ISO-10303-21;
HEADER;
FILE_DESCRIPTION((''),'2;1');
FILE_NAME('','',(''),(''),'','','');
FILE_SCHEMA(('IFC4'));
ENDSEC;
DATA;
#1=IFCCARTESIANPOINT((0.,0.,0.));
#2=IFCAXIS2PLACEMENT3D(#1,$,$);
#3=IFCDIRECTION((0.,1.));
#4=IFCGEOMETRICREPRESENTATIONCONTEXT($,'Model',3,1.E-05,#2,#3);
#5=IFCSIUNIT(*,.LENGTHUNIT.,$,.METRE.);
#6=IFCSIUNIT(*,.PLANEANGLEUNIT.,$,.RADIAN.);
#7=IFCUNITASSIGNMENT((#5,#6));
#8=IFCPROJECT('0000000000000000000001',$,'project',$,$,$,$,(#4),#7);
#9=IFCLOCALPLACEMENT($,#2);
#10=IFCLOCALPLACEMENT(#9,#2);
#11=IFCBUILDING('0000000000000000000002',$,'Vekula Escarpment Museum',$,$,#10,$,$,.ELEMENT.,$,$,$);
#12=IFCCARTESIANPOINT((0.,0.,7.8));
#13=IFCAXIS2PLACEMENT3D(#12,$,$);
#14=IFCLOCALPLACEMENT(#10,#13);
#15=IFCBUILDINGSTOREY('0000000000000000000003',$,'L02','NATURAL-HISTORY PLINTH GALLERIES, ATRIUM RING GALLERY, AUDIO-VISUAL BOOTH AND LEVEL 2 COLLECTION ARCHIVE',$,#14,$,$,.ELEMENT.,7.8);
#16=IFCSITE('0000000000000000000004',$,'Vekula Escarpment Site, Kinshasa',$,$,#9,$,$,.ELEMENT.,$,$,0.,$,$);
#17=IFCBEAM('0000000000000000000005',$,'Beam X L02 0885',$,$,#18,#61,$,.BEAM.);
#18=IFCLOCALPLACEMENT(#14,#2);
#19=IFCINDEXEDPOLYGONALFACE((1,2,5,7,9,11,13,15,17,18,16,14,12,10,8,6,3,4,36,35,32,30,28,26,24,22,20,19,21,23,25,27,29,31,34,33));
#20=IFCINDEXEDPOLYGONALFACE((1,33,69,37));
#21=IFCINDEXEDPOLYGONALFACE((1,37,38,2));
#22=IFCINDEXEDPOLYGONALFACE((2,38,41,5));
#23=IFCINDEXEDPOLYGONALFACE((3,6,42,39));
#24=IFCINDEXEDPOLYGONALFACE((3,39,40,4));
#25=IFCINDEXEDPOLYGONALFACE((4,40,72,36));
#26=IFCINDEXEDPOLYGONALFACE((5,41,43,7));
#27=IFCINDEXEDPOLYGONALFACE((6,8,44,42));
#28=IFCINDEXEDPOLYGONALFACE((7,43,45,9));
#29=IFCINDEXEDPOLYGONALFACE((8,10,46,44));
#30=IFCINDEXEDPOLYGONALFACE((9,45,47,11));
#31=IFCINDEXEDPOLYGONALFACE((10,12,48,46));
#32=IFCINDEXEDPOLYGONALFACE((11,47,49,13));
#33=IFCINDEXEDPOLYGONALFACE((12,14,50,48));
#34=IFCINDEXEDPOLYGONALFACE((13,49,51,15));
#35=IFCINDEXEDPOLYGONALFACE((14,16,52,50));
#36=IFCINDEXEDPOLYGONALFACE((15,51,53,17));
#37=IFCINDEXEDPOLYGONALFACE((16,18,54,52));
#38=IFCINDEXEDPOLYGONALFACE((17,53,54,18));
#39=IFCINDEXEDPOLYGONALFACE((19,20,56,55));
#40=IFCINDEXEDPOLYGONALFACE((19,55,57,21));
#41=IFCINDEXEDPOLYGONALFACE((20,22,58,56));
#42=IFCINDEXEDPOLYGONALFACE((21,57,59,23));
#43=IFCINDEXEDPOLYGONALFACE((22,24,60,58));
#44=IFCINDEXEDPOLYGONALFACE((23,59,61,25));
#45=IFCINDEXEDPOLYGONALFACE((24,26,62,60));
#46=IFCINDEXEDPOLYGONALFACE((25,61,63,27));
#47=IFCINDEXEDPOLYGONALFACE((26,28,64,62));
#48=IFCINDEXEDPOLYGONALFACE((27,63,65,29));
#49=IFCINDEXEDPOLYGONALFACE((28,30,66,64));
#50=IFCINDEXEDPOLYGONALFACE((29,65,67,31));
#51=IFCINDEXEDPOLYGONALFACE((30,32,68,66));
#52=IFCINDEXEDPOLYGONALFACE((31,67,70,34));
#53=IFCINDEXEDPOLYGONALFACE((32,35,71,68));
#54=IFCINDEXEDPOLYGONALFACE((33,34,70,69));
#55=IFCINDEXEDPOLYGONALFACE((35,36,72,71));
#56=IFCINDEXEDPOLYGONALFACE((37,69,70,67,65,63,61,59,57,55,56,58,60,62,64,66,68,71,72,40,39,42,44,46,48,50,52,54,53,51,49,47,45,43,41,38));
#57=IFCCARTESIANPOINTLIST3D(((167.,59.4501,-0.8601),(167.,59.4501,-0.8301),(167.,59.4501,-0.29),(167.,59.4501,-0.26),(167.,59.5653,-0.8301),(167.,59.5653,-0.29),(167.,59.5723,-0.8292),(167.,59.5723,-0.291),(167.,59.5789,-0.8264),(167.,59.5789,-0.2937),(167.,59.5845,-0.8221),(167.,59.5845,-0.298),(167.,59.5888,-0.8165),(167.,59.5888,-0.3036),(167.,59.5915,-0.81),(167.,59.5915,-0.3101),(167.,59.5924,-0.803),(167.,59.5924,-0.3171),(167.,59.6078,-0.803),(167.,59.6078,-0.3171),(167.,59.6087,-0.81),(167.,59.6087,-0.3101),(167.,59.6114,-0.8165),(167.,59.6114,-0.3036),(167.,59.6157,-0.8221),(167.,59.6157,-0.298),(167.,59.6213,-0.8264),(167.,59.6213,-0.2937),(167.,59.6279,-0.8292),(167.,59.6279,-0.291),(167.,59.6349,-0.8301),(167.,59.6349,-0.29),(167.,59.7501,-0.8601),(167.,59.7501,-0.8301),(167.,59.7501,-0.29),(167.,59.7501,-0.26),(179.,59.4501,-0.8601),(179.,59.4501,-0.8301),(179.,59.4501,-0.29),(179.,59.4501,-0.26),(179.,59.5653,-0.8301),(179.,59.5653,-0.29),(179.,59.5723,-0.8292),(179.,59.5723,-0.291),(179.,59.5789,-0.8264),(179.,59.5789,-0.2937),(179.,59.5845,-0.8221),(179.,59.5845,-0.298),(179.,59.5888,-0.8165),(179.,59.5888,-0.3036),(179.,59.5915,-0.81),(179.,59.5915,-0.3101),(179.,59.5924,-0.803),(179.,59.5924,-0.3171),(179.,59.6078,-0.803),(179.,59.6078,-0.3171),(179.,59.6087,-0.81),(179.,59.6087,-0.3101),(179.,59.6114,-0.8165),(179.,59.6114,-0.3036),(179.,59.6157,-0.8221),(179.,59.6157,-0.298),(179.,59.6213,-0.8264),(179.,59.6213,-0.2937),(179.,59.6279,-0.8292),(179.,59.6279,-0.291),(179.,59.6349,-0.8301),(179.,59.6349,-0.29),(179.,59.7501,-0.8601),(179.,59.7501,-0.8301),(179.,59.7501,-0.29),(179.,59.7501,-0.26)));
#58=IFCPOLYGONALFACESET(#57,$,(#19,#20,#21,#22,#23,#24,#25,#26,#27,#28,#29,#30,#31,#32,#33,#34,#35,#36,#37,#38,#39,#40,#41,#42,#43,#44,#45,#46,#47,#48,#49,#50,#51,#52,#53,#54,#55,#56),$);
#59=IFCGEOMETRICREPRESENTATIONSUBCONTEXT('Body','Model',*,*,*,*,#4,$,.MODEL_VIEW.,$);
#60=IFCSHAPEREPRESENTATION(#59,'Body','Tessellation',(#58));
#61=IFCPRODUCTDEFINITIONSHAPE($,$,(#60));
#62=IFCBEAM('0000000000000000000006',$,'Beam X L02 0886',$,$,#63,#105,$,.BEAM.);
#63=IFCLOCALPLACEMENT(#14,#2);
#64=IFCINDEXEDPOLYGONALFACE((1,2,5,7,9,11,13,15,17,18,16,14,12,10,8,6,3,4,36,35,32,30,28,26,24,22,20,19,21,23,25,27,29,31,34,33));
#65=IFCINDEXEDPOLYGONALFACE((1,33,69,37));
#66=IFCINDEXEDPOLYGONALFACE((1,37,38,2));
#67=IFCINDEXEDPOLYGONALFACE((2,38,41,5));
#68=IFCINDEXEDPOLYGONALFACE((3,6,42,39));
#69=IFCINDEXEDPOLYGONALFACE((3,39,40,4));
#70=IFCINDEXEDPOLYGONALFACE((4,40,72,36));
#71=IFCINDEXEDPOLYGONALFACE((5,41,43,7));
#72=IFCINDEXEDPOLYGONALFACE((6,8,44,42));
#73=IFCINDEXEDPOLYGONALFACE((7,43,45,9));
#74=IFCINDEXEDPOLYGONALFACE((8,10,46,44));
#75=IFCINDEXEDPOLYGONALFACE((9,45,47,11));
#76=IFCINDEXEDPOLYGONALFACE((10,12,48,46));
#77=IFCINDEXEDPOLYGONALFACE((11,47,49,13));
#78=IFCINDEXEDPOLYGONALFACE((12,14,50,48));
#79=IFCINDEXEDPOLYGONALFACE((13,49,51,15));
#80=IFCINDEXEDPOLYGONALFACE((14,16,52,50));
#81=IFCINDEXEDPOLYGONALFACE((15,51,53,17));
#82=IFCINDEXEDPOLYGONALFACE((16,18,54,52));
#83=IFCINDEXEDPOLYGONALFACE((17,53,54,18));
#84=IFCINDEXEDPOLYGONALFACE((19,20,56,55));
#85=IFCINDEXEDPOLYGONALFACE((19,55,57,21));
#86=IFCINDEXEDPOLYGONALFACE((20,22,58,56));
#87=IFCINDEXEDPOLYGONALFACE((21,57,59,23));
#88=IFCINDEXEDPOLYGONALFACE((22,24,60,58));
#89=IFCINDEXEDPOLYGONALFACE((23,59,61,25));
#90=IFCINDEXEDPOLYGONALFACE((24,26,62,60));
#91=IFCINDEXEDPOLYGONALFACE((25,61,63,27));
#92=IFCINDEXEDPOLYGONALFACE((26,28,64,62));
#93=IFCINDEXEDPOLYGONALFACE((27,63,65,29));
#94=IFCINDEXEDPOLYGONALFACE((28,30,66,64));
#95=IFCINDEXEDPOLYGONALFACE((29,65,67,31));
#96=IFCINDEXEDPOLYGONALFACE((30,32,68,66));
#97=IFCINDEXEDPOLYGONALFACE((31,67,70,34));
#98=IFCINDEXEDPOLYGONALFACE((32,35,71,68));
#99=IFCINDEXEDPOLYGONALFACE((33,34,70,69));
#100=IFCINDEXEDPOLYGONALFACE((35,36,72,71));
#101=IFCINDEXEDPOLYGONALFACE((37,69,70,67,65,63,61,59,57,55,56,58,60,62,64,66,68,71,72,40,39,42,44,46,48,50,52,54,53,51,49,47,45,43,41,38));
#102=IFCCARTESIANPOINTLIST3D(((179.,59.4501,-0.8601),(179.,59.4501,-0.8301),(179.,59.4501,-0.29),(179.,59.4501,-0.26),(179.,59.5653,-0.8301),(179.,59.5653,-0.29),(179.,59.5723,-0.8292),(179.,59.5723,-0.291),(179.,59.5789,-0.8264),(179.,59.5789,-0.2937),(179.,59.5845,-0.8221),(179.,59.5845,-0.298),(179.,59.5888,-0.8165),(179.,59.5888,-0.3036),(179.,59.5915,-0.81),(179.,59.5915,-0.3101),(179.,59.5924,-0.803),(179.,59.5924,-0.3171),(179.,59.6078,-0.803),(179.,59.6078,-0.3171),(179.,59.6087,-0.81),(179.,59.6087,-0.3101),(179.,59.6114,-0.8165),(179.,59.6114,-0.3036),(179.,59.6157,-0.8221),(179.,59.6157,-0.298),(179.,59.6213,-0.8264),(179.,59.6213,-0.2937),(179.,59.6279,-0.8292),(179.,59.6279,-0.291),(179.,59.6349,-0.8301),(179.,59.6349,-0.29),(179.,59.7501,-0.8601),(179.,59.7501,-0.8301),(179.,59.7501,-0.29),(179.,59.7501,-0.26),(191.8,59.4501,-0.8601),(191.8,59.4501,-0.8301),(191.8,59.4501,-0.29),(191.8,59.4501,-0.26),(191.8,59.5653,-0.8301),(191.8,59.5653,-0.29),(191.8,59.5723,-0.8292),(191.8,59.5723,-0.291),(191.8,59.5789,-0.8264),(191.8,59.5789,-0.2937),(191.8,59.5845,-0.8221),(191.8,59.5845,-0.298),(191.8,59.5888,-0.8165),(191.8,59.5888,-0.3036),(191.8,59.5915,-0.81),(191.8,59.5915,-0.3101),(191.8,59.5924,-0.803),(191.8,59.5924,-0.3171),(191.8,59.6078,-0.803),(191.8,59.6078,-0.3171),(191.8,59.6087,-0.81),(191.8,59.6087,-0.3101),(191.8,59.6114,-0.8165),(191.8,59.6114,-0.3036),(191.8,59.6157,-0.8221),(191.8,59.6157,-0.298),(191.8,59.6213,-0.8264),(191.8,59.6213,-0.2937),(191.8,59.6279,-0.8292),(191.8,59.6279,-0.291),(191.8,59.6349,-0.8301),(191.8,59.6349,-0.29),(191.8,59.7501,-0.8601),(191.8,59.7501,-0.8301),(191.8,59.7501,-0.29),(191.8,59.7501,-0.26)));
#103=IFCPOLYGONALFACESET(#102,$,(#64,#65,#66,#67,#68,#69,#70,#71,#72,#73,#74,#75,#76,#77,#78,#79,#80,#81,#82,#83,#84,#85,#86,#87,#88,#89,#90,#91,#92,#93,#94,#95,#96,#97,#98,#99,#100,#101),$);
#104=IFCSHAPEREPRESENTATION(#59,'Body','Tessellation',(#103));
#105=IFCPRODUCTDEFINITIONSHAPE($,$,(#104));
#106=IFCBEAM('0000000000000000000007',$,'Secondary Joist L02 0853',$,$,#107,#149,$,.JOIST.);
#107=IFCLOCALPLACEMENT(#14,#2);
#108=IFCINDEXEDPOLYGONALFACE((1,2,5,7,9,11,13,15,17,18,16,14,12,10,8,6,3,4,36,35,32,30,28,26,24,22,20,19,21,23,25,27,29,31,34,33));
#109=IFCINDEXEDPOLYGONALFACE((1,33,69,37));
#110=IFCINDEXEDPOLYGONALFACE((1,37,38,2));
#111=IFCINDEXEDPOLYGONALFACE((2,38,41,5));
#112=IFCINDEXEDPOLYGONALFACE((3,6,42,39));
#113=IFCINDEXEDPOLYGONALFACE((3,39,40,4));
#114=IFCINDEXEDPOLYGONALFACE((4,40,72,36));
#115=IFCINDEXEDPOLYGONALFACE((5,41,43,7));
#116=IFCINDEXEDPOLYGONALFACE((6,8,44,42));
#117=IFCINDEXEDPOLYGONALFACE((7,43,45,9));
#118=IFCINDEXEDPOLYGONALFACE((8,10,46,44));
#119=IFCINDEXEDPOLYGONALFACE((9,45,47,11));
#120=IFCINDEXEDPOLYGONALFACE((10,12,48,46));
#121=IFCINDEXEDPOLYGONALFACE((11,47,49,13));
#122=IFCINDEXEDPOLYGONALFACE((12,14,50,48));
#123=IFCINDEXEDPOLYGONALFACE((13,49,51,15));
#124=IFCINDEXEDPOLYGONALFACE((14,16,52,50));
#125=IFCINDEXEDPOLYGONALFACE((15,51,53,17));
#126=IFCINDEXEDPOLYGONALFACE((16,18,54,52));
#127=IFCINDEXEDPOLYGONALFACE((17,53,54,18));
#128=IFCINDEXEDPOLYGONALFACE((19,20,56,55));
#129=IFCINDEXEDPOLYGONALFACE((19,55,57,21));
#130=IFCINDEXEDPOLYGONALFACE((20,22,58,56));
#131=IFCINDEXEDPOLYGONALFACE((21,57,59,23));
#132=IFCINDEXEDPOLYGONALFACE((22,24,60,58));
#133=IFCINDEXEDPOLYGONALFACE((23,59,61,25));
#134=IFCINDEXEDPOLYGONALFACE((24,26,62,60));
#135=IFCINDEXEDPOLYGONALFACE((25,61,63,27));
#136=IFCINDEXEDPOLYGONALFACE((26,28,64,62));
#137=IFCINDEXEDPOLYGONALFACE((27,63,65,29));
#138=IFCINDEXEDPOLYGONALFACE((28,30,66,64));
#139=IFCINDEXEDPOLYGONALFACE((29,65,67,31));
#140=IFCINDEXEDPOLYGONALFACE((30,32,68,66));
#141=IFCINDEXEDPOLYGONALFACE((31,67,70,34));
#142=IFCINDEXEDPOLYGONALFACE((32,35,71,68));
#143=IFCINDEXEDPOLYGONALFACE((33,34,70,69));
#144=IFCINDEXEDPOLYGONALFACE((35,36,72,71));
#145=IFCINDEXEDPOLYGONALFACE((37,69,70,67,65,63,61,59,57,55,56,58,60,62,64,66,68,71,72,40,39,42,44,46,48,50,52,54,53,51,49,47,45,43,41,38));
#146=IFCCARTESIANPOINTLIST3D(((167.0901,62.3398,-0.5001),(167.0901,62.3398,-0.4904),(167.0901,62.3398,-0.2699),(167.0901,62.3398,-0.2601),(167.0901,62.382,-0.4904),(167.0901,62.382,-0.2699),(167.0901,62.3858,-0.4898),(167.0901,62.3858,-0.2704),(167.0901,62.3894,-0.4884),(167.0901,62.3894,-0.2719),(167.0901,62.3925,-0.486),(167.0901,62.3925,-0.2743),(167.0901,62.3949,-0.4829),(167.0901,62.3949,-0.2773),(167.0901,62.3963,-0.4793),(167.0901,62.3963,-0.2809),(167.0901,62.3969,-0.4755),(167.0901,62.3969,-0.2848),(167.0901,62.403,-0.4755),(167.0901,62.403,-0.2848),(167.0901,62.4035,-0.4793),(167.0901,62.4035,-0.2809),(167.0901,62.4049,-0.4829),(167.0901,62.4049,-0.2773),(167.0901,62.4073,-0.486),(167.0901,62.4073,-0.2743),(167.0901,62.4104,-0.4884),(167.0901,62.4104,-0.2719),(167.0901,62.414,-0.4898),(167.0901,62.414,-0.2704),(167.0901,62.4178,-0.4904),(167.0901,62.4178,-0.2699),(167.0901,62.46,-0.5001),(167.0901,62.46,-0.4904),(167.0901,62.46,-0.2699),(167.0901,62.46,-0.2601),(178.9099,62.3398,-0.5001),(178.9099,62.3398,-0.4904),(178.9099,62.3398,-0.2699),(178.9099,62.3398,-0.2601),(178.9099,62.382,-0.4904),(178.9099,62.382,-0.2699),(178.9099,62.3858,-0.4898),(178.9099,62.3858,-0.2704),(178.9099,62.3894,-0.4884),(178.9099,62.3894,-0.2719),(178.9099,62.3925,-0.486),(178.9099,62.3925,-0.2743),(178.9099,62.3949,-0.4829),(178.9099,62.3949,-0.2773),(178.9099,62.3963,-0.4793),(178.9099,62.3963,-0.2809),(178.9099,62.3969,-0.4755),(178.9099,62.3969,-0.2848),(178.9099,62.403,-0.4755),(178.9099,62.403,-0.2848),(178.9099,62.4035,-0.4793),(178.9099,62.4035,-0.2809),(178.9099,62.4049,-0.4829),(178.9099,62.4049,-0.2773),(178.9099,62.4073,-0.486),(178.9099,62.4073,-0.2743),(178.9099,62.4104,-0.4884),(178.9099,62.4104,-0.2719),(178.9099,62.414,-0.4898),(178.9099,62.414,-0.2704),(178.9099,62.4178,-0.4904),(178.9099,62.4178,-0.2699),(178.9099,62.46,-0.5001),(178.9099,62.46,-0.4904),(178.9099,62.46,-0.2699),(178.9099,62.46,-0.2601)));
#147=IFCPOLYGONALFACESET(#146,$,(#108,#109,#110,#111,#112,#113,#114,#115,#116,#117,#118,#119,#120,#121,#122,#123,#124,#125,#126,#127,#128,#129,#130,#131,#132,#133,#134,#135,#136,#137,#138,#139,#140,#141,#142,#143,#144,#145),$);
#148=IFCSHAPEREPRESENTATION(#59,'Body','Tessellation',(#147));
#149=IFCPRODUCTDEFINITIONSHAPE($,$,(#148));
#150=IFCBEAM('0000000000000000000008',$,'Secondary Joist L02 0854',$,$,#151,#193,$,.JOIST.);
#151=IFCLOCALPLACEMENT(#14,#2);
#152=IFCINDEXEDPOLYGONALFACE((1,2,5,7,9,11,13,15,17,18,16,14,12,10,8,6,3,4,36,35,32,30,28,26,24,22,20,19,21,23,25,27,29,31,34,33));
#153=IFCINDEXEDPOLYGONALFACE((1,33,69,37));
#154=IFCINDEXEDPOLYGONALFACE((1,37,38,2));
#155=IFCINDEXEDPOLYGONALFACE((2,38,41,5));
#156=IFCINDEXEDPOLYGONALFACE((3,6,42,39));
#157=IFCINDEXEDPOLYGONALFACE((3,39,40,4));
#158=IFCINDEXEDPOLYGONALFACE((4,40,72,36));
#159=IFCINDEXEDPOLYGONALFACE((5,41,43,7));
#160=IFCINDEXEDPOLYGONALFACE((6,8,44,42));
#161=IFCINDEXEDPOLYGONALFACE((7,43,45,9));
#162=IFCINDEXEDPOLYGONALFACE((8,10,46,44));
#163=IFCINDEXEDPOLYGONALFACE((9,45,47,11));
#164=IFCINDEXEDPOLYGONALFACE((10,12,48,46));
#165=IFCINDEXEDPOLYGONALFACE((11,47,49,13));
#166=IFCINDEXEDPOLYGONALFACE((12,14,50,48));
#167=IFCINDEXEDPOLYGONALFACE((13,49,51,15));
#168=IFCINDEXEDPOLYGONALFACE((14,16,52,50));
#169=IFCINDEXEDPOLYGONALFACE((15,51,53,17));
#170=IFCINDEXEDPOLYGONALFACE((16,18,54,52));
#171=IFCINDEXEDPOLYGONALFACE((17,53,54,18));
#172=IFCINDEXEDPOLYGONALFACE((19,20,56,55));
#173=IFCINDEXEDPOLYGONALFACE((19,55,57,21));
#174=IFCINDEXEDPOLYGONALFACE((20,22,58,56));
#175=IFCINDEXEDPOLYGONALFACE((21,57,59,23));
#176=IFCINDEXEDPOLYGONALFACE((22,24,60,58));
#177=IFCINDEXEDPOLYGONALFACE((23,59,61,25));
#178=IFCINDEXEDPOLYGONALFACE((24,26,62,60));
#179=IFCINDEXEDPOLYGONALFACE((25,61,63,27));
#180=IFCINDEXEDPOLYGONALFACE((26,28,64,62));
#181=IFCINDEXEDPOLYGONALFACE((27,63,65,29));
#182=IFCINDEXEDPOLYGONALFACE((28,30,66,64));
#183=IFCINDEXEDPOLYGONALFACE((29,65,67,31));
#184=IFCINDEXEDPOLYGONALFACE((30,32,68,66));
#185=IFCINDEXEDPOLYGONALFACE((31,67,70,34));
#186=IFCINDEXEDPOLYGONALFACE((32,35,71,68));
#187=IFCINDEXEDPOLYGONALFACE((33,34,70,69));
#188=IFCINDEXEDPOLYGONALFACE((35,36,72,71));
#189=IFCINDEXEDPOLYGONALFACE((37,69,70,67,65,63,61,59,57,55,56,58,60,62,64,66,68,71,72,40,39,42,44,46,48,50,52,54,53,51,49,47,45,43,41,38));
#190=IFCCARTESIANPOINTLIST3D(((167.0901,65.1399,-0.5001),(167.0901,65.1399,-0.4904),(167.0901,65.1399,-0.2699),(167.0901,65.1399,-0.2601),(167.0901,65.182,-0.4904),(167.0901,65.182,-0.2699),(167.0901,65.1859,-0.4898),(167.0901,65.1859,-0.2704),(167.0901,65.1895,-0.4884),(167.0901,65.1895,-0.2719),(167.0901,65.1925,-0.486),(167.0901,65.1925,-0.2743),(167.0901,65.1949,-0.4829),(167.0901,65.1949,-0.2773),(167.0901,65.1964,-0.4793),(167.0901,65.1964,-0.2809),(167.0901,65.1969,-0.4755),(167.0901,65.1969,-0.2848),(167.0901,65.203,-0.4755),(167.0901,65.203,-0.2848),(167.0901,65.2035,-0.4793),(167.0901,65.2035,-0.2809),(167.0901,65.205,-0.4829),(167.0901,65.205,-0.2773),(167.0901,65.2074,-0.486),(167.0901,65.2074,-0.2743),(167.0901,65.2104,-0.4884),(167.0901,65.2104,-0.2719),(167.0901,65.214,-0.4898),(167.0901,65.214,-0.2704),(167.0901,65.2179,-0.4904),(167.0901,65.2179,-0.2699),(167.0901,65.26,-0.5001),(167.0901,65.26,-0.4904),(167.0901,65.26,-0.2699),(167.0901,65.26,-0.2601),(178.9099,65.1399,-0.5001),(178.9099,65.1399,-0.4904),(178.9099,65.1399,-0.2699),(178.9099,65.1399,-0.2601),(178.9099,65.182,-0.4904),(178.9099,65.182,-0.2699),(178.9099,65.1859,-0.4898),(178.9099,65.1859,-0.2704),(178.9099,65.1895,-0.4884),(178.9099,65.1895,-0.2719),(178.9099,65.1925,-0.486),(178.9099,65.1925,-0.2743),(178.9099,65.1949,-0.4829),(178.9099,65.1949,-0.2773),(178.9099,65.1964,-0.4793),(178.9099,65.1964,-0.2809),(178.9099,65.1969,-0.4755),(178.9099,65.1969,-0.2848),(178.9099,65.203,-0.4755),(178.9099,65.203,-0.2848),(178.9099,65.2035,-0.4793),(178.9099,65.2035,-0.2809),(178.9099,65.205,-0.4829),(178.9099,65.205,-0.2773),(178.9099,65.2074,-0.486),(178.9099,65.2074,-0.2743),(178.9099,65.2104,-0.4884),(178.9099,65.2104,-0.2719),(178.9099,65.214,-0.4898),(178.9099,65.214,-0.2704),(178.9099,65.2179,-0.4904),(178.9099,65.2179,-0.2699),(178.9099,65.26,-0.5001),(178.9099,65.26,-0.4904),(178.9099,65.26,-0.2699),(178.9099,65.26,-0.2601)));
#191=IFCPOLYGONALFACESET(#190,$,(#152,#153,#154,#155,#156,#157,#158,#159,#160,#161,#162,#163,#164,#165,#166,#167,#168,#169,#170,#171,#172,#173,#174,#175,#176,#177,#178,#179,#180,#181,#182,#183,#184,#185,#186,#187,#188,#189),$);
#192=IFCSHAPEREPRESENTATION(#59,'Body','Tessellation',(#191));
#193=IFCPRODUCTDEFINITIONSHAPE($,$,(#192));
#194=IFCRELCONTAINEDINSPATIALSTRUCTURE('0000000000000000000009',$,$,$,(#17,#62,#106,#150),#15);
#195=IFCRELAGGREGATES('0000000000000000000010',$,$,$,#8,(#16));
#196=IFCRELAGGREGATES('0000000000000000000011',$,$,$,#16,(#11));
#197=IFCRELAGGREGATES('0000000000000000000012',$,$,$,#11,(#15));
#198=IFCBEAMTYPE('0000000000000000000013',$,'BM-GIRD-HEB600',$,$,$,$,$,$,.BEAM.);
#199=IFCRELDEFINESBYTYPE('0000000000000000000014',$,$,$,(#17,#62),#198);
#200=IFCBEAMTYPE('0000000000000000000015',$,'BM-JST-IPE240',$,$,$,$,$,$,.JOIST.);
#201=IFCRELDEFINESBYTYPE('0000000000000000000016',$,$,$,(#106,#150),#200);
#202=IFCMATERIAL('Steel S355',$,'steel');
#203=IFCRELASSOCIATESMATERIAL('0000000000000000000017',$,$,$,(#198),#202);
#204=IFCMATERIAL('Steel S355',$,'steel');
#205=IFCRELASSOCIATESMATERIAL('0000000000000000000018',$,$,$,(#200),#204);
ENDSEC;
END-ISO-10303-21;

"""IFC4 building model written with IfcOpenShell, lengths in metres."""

from ifc_helpers import new_model, si_unit, direction, frame, origin, origin_2d, place, context, subcontext, project, spatial, i_section, extrude, material, material_profile, profile_set, type_object, element, save


model = new_model("IFC4")

# Units and contexts
model_context = context("Model", 3, precision=1e-05, world=origin(), true_north=direction((0.0, 1.0)))
body_context = subcontext(model_context, "Body", "Model", "MODEL_VIEW")
ifc_project = project(units=[si_unit("LENGTHUNIT", "METRE"), si_unit("PLANEANGLEUNIT", "RADIAN")], contexts=[model_context])

# Site, building, storey
site_placement = place(None, origin())
site = spatial("IfcSite", under=ifc_project, at=site_placement, Name="Vekula Escarpment Site, Kinshasa", CompositionType="ELEMENT", RefElevation=0.0)
building_placement = place(site_placement, origin())
building = spatial("IfcBuilding", under=site, at=building_placement, Name="Vekula Escarpment Museum", CompositionType="ELEMENT")
storey_placement = place(building_placement, frame((0.0, 0.0, 7.8)))
storey = spatial("IfcBuildingStorey", under=building, at=storey_placement, Name="L02", Description="NATURAL-HISTORY PLINTH GALLERIES, ATRIUM RING GALLERY, AUDIO-VISUAL BOOTH AND LEVEL 2 COLLECTION ARCHIVE", CompositionType="ELEMENT", Elevation=7.8)

# Beams
ifc_material_1 = material(Name="Steel S355", Category="steel")
ifc_material_profile_1 = material_profile(ifc_material_1, i_section(OverallWidth=0.3, OverallDepth=0.6001, WebThickness=0.0154, FlangeThickness=0.03, FilletRadius=0.0271, at=origin_2d()), Name="HEB 600")
ifc_profile_set_1 = profile_set([ifc_material_profile_1], Name="Steel S355")
beam_type_1 = type_object("IfcBeamType", Name="BM-GIRD-HEB600", PredefinedType="BEAM", material=ifc_profile_set_1)
beam_1_placement = place(storey_placement, frame((167.0, 59.6001, -0.5601), z_axis=(1.0, 0.0, 0.0), x_axis=(0.0, 1.0, 0.0)))
element("IfcBeam", 1, at=beam_1_placement, inside=storey, type_object=beam_type_1, Name="Beam X L02 0885", PredefinedType="BEAM", context=body_context, shape_type="SweptSolid", body=[
    extrude(i_section(OverallWidth=0.3, OverallDepth=0.6001, WebThickness=0.0154, FlangeThickness=0.03, FilletRadius=0.0271, at=origin_2d()), origin(), (0.0, 0.0, 1.0), 12.0),
])
beam_2_placement = place(storey_placement, frame((179.0, 59.6001, -0.5601), z_axis=(1.0, 0.0, 0.0), x_axis=(0.0, 1.0, 0.0)))
element("IfcBeam", 2, at=beam_2_placement, inside=storey, type_object=beam_type_1, Name="Beam X L02 0886", PredefinedType="BEAM", context=body_context, shape_type="SweptSolid", body=[
    extrude(i_section(OverallWidth=0.3, OverallDepth=0.6001, WebThickness=0.0154, FlangeThickness=0.03, FilletRadius=0.0271, at=origin_2d()), origin(), (0.0, 0.0, 1.0), 12.8),
])
ifc_material_2 = material(Name="Steel S355", Category="steel")
ifc_material_profile_2 = material_profile(ifc_material_2, i_section(OverallWidth=0.1201, OverallDepth=0.24, WebThickness=0.0061, FlangeThickness=0.0098, FilletRadius=0.0149, at=origin_2d()), Name="IPE 240")
ifc_profile_set_2 = profile_set([ifc_material_profile_2], Name="Steel S355")
beam_type_2 = type_object("IfcBeamType", Name="BM-JST-IPE240", PredefinedType="JOIST", material=ifc_profile_set_2)
for number, where, z_axis, x_axis, name in (
    (3, (167.0901, 62.3999, -0.3801), (1.0, 0.0, 0.0), (0.0, 1.0, 0.0), "Secondary Joist L02 0853"),
    (4, (167.0901, 65.2, -0.3801), (1.0, 0.0, 0.0), (0.0, 1.0, 0.0), "Secondary Joist L02 0854"),
):
    element("IfcBeam", number, at=place(storey_placement, frame(where, z_axis=z_axis, x_axis=x_axis)), inside=storey, type_object=beam_type_2, Name=name, PredefinedType="JOIST", context=body_context, shape_type="SweptSolid", body=[
        extrude(i_section(OverallWidth=0.1201, OverallDepth=0.24, WebThickness=0.0061, FlangeThickness=0.0098, FilletRadius=0.0149, at=origin_2d()), origin(), (0.0, 0.0, 1.0), 11.8198),
    ])

save(model, "model.ifc")
